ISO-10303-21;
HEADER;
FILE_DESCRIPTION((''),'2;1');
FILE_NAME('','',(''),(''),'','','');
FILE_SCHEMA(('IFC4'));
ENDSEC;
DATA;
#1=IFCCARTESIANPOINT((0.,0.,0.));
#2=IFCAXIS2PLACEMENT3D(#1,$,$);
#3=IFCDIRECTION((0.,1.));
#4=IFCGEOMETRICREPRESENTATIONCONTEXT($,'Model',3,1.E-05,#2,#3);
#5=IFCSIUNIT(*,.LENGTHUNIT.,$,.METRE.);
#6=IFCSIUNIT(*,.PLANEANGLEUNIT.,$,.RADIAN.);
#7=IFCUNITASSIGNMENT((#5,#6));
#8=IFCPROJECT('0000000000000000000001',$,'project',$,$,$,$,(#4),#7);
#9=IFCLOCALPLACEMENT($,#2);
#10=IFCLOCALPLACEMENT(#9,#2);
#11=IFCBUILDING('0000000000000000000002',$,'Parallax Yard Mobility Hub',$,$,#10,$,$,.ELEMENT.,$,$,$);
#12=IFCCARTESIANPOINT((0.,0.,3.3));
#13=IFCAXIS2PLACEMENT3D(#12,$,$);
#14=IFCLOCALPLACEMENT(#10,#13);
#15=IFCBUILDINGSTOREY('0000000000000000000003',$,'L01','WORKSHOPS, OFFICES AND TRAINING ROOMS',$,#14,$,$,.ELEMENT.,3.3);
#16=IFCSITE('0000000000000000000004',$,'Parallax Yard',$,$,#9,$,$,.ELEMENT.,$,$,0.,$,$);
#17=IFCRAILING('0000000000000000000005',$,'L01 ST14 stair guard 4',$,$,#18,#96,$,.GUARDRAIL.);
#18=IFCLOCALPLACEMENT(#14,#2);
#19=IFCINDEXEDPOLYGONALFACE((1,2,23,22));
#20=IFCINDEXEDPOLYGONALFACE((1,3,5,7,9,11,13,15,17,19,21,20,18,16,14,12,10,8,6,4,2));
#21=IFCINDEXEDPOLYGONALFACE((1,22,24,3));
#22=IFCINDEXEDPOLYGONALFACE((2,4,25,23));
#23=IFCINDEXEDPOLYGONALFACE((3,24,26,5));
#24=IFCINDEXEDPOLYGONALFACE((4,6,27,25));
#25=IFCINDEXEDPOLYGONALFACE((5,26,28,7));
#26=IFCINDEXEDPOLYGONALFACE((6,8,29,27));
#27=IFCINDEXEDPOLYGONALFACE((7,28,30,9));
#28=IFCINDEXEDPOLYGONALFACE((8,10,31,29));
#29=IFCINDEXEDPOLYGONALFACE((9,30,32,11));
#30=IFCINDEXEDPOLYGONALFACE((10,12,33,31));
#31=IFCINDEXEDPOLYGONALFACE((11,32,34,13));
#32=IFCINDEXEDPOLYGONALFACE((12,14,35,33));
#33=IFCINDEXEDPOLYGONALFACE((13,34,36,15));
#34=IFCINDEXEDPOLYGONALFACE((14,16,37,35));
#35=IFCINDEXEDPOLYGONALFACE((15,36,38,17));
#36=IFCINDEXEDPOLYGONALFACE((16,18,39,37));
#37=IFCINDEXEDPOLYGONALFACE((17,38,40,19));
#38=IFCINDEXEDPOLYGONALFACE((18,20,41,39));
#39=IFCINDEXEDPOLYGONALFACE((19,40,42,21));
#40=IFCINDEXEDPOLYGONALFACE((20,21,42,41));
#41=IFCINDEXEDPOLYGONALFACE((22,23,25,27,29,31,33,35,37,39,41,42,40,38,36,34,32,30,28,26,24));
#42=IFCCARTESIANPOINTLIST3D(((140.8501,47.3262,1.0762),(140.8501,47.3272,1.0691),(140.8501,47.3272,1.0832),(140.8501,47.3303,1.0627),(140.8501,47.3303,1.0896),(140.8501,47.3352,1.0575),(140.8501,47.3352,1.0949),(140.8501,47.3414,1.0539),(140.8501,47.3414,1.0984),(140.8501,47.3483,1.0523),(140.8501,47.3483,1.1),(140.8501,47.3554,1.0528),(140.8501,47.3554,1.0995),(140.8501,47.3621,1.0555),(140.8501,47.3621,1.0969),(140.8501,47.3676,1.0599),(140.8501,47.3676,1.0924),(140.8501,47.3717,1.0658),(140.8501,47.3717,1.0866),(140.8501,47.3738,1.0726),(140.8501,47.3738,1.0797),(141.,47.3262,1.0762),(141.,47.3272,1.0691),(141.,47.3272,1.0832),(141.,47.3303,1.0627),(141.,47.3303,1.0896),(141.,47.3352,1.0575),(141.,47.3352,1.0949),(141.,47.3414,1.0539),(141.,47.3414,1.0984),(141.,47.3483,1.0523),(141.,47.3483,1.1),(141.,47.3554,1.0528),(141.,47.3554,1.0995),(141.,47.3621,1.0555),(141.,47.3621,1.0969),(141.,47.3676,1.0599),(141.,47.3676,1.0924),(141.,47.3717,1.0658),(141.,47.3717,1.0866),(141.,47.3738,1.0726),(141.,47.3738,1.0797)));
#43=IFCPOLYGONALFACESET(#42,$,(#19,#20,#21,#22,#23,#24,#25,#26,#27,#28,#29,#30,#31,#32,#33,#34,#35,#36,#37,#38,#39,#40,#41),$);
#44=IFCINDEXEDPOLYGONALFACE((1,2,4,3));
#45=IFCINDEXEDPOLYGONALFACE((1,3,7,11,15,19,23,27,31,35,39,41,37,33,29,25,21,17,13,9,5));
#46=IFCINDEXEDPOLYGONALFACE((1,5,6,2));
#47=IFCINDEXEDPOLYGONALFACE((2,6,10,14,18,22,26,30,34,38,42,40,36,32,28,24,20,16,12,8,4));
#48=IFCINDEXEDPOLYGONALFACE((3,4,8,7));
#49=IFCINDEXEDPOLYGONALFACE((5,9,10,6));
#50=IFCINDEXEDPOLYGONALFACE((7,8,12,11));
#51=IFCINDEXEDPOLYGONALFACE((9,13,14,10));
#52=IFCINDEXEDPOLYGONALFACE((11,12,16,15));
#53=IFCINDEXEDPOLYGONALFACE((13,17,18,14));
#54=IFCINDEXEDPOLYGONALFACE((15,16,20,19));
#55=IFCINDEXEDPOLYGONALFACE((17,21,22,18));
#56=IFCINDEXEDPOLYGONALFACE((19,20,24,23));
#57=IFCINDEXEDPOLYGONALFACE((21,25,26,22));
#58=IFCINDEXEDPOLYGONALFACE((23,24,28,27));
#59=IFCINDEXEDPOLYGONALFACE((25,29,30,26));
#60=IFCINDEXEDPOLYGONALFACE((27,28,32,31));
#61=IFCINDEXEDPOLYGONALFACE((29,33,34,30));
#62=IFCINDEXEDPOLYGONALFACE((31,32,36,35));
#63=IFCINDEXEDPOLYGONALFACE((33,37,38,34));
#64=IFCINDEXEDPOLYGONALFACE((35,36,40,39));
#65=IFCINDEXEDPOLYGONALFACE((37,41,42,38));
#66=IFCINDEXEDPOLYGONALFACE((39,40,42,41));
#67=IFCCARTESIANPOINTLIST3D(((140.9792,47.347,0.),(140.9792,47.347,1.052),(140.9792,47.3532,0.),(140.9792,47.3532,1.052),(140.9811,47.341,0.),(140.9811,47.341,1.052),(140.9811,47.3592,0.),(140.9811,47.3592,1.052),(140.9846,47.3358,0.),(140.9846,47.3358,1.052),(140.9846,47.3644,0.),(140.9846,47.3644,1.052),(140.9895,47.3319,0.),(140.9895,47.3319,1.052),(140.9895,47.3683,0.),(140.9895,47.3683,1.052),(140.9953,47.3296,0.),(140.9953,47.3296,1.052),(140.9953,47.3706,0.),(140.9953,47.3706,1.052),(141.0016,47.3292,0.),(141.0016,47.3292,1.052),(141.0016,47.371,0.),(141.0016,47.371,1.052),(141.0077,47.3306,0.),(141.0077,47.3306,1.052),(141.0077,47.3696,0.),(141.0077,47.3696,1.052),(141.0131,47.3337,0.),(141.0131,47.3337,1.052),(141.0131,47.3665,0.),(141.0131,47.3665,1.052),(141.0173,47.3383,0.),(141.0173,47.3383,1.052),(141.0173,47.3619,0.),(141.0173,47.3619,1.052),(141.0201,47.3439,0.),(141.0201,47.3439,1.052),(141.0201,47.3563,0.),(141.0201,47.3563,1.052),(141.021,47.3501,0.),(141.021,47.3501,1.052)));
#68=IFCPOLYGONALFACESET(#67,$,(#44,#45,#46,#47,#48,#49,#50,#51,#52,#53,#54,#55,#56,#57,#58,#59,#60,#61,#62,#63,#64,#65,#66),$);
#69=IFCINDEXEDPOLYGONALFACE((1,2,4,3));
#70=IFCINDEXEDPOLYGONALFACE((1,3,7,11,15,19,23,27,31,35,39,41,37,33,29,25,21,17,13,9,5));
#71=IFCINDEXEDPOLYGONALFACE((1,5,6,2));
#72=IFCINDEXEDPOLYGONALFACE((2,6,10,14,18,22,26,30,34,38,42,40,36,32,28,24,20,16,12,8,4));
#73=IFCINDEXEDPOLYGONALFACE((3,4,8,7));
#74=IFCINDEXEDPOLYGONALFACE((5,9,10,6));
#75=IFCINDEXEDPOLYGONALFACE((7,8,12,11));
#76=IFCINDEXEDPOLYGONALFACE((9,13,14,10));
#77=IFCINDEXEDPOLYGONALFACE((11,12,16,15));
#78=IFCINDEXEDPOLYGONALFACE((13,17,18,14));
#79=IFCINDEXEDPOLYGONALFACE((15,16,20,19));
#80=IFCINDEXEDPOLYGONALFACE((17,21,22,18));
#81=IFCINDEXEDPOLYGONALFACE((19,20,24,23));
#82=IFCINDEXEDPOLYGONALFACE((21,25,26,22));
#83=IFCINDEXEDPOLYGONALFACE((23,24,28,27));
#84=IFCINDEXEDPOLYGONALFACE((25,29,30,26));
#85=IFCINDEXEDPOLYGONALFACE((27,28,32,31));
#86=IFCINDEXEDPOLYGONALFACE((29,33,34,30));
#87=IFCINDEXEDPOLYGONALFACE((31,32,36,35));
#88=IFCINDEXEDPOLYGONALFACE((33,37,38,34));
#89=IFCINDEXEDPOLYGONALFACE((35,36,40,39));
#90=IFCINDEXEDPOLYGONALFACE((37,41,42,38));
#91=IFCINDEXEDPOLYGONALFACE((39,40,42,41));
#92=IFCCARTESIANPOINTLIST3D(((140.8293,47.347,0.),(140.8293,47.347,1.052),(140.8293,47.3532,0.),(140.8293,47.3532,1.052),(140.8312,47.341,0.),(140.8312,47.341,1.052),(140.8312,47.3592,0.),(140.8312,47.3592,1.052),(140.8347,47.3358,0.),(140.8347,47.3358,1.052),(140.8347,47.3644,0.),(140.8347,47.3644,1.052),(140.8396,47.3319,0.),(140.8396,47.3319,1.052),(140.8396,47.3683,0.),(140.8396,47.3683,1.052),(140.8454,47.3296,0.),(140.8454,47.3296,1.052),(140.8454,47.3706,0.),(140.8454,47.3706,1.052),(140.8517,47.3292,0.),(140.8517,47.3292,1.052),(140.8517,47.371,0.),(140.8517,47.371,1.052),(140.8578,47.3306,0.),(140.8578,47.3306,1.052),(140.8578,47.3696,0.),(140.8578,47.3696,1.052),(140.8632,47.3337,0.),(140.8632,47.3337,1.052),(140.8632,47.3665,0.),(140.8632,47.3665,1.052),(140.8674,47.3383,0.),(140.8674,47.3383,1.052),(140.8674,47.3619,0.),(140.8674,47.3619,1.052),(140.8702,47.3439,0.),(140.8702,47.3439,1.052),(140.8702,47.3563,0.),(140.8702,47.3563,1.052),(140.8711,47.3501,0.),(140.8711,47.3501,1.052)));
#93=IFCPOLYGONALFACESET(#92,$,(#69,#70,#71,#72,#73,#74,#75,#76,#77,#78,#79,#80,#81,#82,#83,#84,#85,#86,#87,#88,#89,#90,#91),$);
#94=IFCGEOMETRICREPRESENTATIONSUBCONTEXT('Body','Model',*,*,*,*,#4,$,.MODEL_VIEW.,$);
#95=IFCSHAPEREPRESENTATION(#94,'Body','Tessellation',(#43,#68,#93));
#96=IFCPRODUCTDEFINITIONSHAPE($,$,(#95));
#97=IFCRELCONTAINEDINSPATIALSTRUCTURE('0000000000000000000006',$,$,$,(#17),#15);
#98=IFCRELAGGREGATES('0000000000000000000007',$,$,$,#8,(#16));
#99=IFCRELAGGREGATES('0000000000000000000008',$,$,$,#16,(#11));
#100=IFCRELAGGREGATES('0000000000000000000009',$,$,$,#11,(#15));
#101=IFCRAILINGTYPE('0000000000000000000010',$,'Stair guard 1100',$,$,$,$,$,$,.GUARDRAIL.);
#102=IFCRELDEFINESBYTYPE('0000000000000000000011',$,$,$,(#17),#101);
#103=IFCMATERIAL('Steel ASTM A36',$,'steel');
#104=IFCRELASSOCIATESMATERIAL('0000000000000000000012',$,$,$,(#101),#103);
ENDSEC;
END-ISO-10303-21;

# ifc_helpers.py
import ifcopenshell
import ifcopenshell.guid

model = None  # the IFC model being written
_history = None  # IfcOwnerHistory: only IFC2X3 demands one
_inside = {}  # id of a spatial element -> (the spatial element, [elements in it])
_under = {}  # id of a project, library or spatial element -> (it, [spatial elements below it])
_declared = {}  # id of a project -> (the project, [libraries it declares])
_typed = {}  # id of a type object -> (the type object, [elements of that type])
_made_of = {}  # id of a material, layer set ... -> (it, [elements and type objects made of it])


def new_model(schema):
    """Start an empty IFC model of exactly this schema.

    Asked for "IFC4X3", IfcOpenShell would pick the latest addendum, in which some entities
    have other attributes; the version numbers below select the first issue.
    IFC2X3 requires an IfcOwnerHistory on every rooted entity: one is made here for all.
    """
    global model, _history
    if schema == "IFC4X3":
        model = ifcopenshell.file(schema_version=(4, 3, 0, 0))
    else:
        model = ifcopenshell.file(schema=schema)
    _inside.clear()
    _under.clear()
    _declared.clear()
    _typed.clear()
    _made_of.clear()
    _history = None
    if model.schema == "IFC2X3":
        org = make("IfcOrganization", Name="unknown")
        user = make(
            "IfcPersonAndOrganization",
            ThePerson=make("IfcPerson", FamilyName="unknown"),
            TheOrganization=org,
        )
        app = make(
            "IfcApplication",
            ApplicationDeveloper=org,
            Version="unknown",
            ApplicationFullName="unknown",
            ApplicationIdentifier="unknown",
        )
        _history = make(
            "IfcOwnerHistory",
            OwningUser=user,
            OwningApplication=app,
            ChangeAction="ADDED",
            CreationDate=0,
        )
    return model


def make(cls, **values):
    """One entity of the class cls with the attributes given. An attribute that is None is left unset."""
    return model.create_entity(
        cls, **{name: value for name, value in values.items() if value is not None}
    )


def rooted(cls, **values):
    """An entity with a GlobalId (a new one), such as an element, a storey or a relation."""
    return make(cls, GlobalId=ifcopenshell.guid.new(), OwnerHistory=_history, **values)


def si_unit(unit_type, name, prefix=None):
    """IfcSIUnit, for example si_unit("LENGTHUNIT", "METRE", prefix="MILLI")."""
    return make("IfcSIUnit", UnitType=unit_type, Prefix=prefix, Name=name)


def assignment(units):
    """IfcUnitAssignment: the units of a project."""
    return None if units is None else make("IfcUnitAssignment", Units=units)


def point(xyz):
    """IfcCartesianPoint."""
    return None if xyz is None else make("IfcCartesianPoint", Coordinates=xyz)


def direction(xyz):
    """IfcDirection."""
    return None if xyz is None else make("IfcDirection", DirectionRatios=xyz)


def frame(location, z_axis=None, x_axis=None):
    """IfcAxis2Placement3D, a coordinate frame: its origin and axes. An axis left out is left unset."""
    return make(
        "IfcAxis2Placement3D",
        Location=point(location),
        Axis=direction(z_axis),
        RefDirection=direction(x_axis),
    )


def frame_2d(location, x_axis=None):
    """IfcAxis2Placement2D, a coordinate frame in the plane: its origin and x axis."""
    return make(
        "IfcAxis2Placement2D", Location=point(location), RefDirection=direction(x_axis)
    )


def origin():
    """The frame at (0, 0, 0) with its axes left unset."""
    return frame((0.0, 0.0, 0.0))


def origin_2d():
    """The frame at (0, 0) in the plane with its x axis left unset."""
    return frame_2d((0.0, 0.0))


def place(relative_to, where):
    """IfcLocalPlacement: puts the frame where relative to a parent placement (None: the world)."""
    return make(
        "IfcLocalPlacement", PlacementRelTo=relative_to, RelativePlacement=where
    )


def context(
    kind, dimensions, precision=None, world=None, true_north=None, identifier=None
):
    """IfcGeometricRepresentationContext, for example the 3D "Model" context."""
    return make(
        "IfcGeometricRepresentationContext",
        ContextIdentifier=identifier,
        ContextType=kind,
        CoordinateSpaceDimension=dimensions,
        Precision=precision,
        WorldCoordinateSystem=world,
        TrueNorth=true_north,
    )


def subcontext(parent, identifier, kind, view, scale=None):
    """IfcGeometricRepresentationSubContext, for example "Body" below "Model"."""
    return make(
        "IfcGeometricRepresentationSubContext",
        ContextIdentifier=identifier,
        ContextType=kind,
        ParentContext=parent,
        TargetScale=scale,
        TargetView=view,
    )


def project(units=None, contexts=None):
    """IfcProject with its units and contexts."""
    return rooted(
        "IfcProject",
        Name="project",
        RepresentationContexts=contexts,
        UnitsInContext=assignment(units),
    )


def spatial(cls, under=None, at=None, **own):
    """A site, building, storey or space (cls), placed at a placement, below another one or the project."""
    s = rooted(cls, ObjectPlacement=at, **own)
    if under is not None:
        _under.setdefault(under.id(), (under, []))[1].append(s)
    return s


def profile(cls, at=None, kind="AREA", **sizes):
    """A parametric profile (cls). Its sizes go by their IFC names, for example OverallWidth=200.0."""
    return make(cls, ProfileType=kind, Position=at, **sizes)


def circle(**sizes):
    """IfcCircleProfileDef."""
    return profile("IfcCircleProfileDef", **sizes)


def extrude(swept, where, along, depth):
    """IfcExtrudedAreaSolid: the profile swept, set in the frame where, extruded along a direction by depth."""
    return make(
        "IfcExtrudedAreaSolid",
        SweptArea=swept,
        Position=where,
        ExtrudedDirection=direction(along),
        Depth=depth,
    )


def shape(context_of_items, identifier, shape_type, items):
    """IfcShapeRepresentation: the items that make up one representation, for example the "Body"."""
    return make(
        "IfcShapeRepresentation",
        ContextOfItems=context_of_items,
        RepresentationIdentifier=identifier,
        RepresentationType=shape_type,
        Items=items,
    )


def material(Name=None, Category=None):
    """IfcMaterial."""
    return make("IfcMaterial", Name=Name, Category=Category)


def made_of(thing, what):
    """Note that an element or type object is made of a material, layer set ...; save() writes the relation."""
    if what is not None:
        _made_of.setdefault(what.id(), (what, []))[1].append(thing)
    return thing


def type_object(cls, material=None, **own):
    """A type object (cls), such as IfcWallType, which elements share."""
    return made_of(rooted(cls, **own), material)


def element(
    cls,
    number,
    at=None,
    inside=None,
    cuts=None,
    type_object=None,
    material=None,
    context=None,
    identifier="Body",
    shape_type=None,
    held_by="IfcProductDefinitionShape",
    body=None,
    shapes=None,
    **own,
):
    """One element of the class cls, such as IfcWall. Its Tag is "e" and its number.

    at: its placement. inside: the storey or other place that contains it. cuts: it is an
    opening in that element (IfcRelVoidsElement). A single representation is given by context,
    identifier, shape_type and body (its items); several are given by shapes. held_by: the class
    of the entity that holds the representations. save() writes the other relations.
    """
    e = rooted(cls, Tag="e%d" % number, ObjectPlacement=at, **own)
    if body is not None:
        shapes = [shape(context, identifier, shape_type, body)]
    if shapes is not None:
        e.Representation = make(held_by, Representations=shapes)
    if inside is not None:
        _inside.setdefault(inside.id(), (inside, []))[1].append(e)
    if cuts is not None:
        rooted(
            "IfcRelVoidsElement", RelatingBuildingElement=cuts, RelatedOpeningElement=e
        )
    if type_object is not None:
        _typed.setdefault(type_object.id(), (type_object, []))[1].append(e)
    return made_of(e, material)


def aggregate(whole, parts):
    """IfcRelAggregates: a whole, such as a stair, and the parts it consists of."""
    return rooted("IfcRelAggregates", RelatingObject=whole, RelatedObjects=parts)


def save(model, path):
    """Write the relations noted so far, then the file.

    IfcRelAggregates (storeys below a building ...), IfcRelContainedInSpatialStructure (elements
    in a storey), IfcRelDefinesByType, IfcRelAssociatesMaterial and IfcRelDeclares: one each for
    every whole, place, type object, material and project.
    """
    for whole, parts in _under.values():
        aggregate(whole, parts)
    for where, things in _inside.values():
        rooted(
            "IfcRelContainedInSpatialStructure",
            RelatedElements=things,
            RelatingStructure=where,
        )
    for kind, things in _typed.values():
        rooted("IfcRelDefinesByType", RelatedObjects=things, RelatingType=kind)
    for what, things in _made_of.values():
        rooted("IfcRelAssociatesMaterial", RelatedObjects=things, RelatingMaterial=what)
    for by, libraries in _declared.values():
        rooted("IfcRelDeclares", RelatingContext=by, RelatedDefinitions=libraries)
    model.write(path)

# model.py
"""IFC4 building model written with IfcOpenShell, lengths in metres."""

from ifc_helpers import new_model, si_unit, direction, frame, origin, origin_2d, place, context, subcontext, project, spatial, circle, extrude, material, type_object, element, save


model = new_model("IFC4")

# Units and contexts
model_context = context("Model", 3, precision=1e-05, world=origin(), true_north=direction((0.0, 1.0)))
body_context = subcontext(model_context, "Body", "Model", "MODEL_VIEW")
ifc_project = project(units=[si_unit("LENGTHUNIT", "METRE"), si_unit("PLANEANGLEUNIT", "RADIAN")], contexts=[model_context])

# Site, building, storey
site_placement = place(None, origin())
site = spatial("IfcSite", under=ifc_project, at=site_placement, Name="Parallax Yard", CompositionType="ELEMENT", RefElevation=0.0)
building_placement = place(site_placement, origin())
building = spatial("IfcBuilding", under=site, at=building_placement, Name="Parallax Yard Mobility Hub", CompositionType="ELEMENT")
storey_placement = place(building_placement, frame((0.0, 0.0, 3.3)))
storey = spatial("IfcBuildingStorey", under=building, at=storey_placement, Name="L01", Description="WORKSHOPS, OFFICES AND TRAINING ROOMS", CompositionType="ELEMENT", Elevation=3.3)

# Railing
ifc_material_1 = material(Name="Steel ASTM A36", Category="steel")
railing_type_1 = type_object("IfcRailingType", Name="Stair guard 1100", PredefinedType="GUARDRAIL", material=ifc_material_1)
railing_1_placement = place(storey_placement, frame((141.0, 47.3501, 0.0)))
element("IfcRailing", 1, at=railing_1_placement, inside=storey, type_object=railing_type_1, Name="L01 ST14 stair guard 4", PredefinedType="GUARDRAIL", context=body_context, shape_type="SweptSolid", body=[
    extrude(circle(Radius=0.0239, at=origin_2d()), frame((0.0, 0.0, 1.0762), z_axis=(-1.0, 0.0, 0.0), x_axis=(0.0, -1.0, 0.0)), (0.0, 0.0, 1.0), 0.1499),
    extrude(circle(Radius=0.021, at=origin_2d()), origin(), (0.0, 0.0, 1.0), 1.052),
    extrude(circle(Radius=0.021, at=origin_2d()), frame((-0.1499, 0.0, 0.0)), (0.0, 0.0, 1.0), 1.052),
])

save(model, "model.ifc")
